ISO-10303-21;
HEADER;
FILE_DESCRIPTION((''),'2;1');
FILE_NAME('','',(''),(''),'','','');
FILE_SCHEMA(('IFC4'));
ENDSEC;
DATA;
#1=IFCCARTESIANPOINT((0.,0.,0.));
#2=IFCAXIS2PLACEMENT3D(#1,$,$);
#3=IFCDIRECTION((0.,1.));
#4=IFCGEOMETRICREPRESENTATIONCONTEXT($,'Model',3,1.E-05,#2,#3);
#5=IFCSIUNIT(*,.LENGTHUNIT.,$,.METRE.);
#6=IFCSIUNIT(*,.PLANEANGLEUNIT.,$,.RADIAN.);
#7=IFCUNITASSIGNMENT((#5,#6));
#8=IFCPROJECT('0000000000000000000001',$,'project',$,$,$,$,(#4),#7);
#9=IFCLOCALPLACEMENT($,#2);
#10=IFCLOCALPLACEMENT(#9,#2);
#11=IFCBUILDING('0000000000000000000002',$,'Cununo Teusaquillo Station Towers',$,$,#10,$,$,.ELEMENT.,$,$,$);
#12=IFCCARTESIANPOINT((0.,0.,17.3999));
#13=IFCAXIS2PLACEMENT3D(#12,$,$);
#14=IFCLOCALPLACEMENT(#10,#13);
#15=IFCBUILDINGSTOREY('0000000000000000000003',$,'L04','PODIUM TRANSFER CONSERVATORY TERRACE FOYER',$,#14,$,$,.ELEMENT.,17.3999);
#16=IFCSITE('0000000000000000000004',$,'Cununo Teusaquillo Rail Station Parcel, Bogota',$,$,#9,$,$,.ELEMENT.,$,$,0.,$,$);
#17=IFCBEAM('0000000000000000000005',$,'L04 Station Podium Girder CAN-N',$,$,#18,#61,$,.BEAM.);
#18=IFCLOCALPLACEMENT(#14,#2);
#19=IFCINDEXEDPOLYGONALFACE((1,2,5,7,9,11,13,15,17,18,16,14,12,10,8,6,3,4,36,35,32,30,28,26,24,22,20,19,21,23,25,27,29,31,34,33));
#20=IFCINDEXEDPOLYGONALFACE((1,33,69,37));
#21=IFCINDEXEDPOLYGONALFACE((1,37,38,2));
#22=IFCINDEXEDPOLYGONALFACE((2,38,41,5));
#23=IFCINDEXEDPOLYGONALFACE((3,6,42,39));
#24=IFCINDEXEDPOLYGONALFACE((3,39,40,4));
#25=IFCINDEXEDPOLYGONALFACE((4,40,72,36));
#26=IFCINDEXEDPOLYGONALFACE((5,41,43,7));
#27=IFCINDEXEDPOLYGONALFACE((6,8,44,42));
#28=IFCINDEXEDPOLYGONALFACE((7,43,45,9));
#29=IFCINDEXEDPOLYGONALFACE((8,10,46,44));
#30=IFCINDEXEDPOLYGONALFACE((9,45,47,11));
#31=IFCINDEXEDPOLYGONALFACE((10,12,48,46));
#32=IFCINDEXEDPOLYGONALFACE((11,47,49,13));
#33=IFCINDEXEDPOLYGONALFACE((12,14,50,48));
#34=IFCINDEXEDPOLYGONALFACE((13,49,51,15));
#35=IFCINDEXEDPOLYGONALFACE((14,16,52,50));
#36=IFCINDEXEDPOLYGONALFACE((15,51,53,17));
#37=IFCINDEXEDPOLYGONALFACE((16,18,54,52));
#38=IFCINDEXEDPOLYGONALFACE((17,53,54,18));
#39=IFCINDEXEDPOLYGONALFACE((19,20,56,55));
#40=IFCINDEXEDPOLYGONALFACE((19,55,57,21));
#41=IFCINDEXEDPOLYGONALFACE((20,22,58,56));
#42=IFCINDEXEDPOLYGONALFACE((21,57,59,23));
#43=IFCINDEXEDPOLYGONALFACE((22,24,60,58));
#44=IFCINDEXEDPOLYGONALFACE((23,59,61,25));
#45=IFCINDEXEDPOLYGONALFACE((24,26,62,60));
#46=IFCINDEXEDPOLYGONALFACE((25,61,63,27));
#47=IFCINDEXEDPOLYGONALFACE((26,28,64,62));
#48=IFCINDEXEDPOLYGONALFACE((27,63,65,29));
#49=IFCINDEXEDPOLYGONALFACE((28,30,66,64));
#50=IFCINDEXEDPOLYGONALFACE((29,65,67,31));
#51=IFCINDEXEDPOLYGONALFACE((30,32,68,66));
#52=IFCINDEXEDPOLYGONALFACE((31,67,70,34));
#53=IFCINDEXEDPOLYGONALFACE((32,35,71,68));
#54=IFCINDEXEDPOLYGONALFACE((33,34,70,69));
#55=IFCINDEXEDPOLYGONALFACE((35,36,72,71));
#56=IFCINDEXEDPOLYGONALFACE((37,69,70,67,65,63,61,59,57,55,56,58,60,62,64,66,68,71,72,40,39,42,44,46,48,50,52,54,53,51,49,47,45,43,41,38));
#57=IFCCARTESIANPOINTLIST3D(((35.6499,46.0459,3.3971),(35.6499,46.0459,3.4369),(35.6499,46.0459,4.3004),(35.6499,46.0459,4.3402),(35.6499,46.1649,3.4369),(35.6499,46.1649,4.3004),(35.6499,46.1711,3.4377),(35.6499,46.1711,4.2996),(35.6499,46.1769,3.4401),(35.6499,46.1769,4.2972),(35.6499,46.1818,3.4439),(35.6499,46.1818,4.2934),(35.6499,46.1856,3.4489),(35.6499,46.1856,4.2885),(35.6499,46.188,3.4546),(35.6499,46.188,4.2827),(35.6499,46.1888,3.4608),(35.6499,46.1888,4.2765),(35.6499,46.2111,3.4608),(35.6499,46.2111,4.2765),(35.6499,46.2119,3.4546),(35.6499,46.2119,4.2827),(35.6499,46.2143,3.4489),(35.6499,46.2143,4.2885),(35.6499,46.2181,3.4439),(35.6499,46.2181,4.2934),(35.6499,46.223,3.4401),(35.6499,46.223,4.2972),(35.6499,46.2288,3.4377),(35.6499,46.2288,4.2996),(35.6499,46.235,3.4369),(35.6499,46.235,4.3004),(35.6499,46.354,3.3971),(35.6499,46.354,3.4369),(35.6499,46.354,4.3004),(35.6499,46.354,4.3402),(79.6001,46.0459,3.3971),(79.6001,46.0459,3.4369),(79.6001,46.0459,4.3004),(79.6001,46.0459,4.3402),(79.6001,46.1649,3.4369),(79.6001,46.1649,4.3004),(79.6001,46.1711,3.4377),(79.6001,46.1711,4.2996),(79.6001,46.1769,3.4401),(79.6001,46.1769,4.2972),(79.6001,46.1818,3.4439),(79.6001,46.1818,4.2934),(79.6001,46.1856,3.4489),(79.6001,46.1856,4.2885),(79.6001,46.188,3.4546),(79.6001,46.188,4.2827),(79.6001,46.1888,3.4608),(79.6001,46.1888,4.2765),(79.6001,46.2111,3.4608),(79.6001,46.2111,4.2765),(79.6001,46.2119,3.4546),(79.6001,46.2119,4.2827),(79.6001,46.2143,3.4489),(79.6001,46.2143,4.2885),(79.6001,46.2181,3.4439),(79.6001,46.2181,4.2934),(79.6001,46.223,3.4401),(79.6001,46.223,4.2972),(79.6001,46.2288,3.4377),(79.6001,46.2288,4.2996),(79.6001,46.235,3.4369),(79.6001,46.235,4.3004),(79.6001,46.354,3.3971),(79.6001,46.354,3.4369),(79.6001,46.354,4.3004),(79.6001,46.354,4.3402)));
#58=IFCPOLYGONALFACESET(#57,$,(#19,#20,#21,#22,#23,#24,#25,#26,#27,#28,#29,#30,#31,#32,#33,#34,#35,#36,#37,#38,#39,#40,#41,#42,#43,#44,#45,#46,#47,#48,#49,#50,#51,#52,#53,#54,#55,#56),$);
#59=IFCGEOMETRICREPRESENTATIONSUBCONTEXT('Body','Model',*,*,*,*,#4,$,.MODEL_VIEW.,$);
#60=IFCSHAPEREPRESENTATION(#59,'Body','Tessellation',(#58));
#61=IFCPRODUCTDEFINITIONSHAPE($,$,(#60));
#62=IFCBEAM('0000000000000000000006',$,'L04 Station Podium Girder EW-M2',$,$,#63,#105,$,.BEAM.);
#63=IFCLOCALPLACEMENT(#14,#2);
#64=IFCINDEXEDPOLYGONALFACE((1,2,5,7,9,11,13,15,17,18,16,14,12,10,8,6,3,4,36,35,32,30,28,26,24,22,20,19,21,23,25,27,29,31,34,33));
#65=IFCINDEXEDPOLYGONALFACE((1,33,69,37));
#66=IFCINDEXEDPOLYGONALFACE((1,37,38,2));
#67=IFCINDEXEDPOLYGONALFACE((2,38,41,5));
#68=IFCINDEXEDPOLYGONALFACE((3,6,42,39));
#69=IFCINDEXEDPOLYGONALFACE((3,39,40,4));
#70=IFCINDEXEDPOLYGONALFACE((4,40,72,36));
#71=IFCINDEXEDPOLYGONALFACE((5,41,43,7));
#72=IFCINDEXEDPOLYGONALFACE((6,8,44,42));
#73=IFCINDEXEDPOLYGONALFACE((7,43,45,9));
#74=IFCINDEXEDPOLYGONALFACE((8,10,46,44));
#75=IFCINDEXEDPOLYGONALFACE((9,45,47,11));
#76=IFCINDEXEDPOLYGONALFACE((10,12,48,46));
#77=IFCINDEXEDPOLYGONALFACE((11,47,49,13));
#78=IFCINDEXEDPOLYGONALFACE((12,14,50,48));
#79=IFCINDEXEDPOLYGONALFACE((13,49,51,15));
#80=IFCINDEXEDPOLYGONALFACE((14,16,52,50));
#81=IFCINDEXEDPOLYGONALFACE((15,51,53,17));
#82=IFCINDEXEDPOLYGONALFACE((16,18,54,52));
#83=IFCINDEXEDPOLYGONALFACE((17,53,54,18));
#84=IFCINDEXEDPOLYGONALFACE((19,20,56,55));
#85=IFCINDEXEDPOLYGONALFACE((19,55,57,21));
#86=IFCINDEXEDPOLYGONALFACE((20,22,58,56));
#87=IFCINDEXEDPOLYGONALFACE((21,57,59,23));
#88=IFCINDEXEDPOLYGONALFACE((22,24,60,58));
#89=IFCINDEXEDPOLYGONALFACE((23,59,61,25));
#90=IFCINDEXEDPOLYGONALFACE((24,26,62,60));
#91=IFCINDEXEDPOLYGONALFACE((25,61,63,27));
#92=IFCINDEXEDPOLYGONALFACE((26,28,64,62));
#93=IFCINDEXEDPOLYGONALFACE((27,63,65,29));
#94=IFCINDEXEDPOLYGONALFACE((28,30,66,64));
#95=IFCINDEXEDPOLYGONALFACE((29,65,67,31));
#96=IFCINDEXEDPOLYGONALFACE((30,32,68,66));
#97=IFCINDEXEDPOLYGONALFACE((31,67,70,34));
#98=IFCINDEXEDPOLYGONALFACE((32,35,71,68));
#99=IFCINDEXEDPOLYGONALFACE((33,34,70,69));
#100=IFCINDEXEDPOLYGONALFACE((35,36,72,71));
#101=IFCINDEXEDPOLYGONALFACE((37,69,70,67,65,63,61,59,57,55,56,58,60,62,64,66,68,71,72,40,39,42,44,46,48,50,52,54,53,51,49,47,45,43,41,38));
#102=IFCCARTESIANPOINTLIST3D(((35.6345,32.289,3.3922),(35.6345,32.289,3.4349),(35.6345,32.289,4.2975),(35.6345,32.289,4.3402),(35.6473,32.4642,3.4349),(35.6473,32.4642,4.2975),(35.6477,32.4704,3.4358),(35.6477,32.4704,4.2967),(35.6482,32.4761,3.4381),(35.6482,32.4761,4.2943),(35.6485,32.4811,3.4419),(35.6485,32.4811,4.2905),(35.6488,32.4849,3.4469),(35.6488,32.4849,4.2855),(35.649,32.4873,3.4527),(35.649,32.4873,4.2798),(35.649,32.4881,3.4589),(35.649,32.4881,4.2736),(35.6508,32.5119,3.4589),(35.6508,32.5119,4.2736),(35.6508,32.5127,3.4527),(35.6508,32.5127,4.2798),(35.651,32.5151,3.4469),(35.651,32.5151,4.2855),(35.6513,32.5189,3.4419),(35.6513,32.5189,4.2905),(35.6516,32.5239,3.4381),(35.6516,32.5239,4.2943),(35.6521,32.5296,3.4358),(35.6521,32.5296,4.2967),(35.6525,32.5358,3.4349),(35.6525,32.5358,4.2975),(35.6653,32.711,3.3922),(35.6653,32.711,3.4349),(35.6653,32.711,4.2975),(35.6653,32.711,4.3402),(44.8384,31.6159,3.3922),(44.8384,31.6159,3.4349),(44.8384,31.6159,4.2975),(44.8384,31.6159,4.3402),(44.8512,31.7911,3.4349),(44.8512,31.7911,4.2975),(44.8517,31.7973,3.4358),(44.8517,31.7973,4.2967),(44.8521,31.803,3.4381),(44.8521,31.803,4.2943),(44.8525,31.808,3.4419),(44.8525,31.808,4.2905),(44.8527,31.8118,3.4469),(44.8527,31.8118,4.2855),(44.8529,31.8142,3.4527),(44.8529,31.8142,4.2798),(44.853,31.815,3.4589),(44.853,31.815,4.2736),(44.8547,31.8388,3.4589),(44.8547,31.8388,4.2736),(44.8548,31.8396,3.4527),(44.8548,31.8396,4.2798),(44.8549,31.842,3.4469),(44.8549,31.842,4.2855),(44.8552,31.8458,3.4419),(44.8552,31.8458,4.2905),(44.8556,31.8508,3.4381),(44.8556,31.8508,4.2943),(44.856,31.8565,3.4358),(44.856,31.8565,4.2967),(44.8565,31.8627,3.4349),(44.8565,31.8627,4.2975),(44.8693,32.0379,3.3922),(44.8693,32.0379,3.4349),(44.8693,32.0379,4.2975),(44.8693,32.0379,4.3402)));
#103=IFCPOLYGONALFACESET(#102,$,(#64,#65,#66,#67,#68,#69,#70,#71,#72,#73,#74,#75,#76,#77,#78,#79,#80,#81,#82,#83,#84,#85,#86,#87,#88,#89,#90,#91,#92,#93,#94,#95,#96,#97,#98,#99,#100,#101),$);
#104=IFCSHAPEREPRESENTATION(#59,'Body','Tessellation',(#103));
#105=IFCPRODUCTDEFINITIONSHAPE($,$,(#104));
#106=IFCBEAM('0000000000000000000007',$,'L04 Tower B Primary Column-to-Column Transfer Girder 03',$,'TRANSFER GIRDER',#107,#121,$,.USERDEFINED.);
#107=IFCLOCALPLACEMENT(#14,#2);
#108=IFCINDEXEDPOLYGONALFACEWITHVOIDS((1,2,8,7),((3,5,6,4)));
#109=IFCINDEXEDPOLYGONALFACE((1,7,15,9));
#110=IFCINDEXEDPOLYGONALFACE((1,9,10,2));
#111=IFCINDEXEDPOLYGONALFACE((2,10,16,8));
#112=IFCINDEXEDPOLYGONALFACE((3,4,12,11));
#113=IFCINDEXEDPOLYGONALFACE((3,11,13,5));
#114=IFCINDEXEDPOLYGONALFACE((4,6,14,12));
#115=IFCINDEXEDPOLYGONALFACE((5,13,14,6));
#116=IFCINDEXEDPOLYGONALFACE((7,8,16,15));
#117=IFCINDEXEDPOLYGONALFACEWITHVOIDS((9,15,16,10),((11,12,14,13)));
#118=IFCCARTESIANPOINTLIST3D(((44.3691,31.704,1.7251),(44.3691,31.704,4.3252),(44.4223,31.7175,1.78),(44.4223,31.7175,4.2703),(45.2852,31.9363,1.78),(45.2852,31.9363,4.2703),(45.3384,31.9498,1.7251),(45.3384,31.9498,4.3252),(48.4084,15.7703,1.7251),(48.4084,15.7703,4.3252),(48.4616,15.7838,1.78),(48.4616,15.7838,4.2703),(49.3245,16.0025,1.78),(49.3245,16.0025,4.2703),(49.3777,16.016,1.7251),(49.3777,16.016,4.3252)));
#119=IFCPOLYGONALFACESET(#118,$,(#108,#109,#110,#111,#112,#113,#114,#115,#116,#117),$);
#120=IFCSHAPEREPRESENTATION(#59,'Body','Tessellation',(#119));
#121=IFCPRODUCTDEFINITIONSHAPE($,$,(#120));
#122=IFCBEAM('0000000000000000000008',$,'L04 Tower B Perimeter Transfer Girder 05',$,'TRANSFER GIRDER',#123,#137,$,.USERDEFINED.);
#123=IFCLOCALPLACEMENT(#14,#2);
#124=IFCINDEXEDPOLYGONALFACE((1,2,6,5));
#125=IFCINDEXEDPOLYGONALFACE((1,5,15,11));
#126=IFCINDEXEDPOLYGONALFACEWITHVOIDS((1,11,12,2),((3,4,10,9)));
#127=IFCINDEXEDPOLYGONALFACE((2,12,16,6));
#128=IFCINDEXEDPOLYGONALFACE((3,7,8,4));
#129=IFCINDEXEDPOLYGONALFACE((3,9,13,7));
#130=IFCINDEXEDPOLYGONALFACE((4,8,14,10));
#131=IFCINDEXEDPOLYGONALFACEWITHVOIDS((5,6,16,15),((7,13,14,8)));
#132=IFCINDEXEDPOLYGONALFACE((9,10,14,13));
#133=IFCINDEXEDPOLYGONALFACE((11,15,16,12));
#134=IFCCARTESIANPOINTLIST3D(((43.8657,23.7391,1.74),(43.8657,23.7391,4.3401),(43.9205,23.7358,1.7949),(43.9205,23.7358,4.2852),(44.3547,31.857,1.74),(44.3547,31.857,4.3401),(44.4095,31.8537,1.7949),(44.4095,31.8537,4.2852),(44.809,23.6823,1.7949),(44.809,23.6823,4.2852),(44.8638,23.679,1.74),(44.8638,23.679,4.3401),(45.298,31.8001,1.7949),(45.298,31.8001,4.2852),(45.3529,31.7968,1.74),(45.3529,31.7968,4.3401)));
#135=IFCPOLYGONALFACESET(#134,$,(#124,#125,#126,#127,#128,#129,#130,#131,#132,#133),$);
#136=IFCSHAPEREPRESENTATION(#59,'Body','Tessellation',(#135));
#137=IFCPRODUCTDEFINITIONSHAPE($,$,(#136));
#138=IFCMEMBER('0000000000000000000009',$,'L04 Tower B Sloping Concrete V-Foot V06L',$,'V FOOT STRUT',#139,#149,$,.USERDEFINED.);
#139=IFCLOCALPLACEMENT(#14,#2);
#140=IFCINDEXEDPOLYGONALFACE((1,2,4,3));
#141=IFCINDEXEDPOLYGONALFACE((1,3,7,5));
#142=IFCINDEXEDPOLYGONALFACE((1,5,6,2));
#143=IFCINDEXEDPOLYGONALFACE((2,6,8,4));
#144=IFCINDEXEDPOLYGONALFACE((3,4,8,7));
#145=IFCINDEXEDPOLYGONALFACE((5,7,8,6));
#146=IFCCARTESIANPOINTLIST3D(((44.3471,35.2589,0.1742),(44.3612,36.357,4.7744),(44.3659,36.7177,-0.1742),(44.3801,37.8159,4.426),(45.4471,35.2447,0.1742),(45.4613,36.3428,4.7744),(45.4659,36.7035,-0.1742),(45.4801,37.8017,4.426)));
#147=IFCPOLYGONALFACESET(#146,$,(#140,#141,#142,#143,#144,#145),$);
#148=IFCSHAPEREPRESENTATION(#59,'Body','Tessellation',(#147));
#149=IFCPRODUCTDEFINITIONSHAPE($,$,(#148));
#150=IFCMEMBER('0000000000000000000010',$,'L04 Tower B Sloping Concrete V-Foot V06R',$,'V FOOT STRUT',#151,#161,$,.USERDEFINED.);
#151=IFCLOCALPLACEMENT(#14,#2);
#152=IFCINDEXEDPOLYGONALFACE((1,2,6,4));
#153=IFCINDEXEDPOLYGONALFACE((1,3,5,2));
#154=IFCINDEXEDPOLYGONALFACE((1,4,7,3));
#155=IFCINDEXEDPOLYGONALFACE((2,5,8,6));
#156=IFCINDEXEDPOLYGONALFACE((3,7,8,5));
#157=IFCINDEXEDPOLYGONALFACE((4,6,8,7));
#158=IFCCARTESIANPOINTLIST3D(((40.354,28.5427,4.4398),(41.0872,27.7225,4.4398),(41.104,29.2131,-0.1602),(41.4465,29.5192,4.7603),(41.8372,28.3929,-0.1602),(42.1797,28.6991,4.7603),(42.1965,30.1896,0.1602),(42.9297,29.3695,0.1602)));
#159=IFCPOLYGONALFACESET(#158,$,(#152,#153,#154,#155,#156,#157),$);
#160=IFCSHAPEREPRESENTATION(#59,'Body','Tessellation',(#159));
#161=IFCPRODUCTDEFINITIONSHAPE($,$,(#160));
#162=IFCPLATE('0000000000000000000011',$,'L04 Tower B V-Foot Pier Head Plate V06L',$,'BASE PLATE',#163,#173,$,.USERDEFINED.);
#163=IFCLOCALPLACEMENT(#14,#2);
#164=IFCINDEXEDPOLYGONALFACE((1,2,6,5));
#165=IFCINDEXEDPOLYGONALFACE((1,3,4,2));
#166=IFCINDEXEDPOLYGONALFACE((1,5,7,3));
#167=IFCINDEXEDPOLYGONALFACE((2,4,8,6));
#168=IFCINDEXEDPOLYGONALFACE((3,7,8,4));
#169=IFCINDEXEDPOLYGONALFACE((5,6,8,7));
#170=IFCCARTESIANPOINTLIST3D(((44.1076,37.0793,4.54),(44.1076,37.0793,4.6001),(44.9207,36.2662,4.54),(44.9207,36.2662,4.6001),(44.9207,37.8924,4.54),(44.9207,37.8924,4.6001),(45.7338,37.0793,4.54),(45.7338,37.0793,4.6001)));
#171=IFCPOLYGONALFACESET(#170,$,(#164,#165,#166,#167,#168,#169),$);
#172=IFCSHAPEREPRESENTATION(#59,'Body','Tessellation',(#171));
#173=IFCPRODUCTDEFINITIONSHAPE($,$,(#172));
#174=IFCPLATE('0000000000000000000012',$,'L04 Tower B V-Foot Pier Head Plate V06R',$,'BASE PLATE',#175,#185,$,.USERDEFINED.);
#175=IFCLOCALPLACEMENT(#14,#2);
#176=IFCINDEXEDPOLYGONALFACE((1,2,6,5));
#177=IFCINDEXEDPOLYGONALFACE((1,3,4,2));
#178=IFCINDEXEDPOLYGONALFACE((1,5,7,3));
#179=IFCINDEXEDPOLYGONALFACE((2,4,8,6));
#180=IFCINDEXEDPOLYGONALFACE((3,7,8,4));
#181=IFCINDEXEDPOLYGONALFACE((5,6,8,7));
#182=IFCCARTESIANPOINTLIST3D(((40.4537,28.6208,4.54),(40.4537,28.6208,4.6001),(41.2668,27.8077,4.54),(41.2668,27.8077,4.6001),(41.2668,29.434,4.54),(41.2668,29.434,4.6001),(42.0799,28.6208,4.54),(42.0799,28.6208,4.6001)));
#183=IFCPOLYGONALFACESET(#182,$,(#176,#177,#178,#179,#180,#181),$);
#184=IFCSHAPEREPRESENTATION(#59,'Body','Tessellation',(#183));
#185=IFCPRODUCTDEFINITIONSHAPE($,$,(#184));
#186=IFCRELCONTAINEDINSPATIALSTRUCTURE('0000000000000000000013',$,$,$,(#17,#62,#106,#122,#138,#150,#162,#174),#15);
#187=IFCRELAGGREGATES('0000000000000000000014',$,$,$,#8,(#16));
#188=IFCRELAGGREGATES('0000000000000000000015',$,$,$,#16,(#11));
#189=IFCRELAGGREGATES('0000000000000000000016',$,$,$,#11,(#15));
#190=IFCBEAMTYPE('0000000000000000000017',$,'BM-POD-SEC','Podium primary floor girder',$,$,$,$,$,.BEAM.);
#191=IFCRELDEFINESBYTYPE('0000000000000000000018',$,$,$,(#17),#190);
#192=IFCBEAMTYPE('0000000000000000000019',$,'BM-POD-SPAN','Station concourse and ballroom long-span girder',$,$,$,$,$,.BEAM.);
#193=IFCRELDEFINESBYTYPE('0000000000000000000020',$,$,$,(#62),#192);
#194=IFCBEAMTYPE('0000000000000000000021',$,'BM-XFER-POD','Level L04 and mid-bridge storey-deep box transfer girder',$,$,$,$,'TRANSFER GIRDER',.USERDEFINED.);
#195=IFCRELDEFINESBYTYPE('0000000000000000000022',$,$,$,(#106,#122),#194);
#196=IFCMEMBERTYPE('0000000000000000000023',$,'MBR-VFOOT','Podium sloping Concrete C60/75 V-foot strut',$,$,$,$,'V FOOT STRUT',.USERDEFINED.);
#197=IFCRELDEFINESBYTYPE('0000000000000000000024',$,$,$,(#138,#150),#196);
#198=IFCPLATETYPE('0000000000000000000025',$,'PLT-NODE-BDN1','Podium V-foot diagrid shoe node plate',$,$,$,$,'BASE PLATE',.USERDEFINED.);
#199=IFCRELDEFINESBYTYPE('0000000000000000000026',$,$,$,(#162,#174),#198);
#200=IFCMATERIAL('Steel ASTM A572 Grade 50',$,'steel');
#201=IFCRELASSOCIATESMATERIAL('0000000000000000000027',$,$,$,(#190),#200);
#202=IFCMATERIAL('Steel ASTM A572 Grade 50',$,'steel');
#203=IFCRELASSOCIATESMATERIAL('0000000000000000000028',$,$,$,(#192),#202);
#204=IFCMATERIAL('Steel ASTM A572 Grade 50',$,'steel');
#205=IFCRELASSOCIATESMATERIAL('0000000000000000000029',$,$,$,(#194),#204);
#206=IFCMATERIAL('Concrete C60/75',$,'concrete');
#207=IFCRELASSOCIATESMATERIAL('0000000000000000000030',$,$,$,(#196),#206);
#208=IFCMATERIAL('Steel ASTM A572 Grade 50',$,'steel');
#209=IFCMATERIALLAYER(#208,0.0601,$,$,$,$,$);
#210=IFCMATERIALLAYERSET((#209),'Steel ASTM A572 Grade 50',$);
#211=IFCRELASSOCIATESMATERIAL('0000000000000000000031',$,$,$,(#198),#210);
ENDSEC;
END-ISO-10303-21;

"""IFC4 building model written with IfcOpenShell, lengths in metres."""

from ifc_helpers import new_model, si_unit, direction, frame, origin, origin_2d, place, context, subcontext, project, spatial, rectangle, hollow_rectangle, i_section, extrude, source, transform, mapped, material, layer, layer_set, material_profile, profile_set, type_object, element, save


model = new_model("IFC4")

# Units and contexts
model_context = context("Model", 3, precision=1e-05, world=origin(), true_north=direction((0.0, 1.0)))
body_context = subcontext(model_context, "Body", "Model", "MODEL_VIEW")
ifc_project = project(units=[si_unit("LENGTHUNIT", "METRE"), si_unit("PLANEANGLEUNIT", "RADIAN")], contexts=[model_context])

# Site, building, storey
site_placement = place(None, origin())
site = spatial("IfcSite", under=ifc_project, at=site_placement, Name="Cununo Teusaquillo Rail Station Parcel, Bogota", CompositionType="ELEMENT", RefElevation=0.0)
building_placement = place(site_placement, origin())
building = spatial("IfcBuilding", under=site, at=building_placement, Name="Cununo Teusaquillo Station Towers", CompositionType="ELEMENT")
storey_placement = place(building_placement, frame((0.0, 0.0, 17.3999)))
storey = spatial("IfcBuildingStorey", under=building, at=storey_placement, Name="L04", Description="PODIUM TRANSFER CONSERVATORY TERRACE FOYER", CompositionType="ELEMENT", Elevation=17.3999)

# Beams
ifc_material_1 = material(Name="Steel ASTM A572 Grade 50", Category="steel")
ifc_material_profile_1 = material_profile(ifc_material_1, i_section(OverallWidth=0.3081, OverallDepth=0.9431, WebThickness=0.0222, FlangeThickness=0.0398, FilletRadius=0.0239, at=origin_2d()), Name="W36X232")
ifc_profile_set_1 = profile_set([ifc_material_profile_1], Name="Steel ASTM A572 Grade 50")
beam_type_1 = type_object("IfcBeamType", Name="BM-POD-SEC", Description="Podium primary floor girder", PredefinedType="BEAM", material=ifc_profile_set_1)
beam_1_placement = place(storey_placement, frame((35.6499, 46.2, 3.8687), z_axis=(1.0, 0.0, 0.0), x_axis=(0.0, 1.0, 0.0)))
element("IfcBeam", 1, at=beam_1_placement, inside=storey, type_object=beam_type_1, Name="L04 Station Podium Girder CAN-N", PredefinedType="BEAM", context=body_context, shape_type="SweptSolid", body=[
    extrude(i_section(OverallWidth=0.3081, OverallDepth=0.9431, WebThickness=0.0222, FlangeThickness=0.0398, FilletRadius=0.0239, at=origin_2d()), origin(), (0.0, 0.0, 1.0), 43.9502),
])
ifc_material_2 = material(Name="Steel ASTM A572 Grade 50", Category="steel")
ifc_material_profile_2 = material_profile(ifc_material_2, i_section(OverallWidth=0.4231, OverallDepth=0.948, WebThickness=0.0239, FlangeThickness=0.0427, FilletRadius=0.0239, at=origin_2d()), Name="W36X302")
ifc_profile_set_2 = profile_set([ifc_material_profile_2], Name="Steel ASTM A572 Grade 50")
beam_type_2 = type_object("IfcBeamType", Name="BM-POD-SPAN", Description="Station concourse and ballroom long-span girder", PredefinedType="BEAM", material=ifc_profile_set_2)
beam_2_placement = place(storey_placement, frame((35.6499, 32.5, 3.8662), z_axis=(0.997337, -0.072937, 0.0), x_axis=(0.072937, 0.997337, 0.0)))
element("IfcBeam", 2, at=beam_2_placement, inside=storey, type_object=beam_type_2, Name="L04 Station Podium Girder EW-M2", PredefinedType="BEAM", context=body_context, shape_type="SweptSolid", body=[
    extrude(i_section(OverallWidth=0.4231, OverallDepth=0.948, WebThickness=0.0239, FlangeThickness=0.0427, FilletRadius=0.0239, at=origin_2d()), origin(), (0.0, 0.0, 1.0), 9.2285),
])
ifc_material_3 = material(Name="Steel ASTM A572 Grade 50", Category="steel")
ifc_material_profile_3 = material_profile(ifc_material_3, hollow_rectangle(XDim=1.0, YDim=2.6001, WallThickness=0.0549, at=origin_2d()), Name="BOX 2600x1000x55")
ifc_profile_set_3 = profile_set([ifc_material_profile_3], Name="Steel ASTM A572 Grade 50")
beam_type_3 = type_object("IfcBeamType", Name="BM-XFER-POD", Description="Level L04 and mid-bridge storey-deep box transfer girder", ElementType="TRANSFER GIRDER", PredefinedType="USERDEFINED", material=ifc_profile_set_3)
beam_3_placement = place(storey_placement, frame((44.8538, 31.8269, 3.0251), z_axis=(0.245732, -0.969338, 0.0), x_axis=(0.969338, 0.245732, 0.0)))
element("IfcBeam", 3, at=beam_3_placement, inside=storey, type_object=beam_type_3, Name="L04 Tower B Primary Column-to-Column Transfer Girder 03", ObjectType="TRANSFER GIRDER", PredefinedType="USERDEFINED", context=body_context, shape_type="SweptSolid", body=[
    extrude(hollow_rectangle(XDim=1.0, YDim=2.6001, WallThickness=0.0549, at=origin_2d()), origin(), (0.0, 0.0, 1.0), 16.4377),
])
beam_4_placement = place(storey_placement, frame((44.8538, 31.8269, 3.04), z_axis=(-0.06013, -0.998191, 0.0), x_axis=(0.998191, -0.06013, 0.0)))
element("IfcBeam", 4, at=beam_4_placement, inside=storey, type_object=beam_type_3, Name="L04 Tower B Perimeter Transfer Girder 05", ObjectType="TRANSFER GIRDER", PredefinedType="USERDEFINED", context=body_context, shape_type="SweptSolid", body=[
    extrude(hollow_rectangle(XDim=1.0, YDim=2.6001, WallThickness=0.0549, at=origin_2d()), origin(), (0.0, 0.0, 1.0), 8.1326),
])

# Members
ifc_material_4 = material(Name="Concrete C60/75", Category="concrete")
ifc_material_profile_4 = material_profile(ifc_material_4, rectangle(XDim=1.1001, YDim=1.5, at=origin_2d()), Name="RC-RECT-1500x1100")
ifc_profile_set_4 = profile_set([ifc_material_profile_4], Name="Concrete C60/75")
member_type = type_object("IfcMemberType", Name="MBR-VFOOT", Description="Podium sloping Concrete C60/75 V-foot strut", ElementType="V FOOT STRUT", PredefinedType="USERDEFINED", material=ifc_profile_set_4)
member_1_placement = place(storey_placement, frame((44.9065, 35.9812, 0.0), z_axis=(0.002994, 0.232196, 0.972664), x_axis=(-0.999917, 0.012894, 0.0)))
element("IfcMember", 5, at=member_1_placement, inside=storey, type_object=member_type, Name="L04 Tower B Sloping Concrete V-Foot V06L", ObjectType="V FOOT STRUT", PredefinedType="USERDEFINED", context=body_context, shape_type="SweptSolid", body=[
    extrude(rectangle(XDim=1.1001, YDim=1.5, at=origin_2d()), origin(), (0.0, 0.0, 1.0), 4.7295),
])
member_2_placement = place(storey_placement, frame((42.0168, 29.2913, 0.0), z_axis=(-0.159276, -0.142374, 0.976914), x_axis=(0.66644, -0.745559, 0.0)))
element("IfcMember", 6, at=member_2_placement, inside=storey, type_object=member_type, Name="L04 Tower B Sloping Concrete V-Foot V06R", ObjectType="V FOOT STRUT", PredefinedType="USERDEFINED", context=body_context, shape_type="SweptSolid", body=[
    extrude(rectangle(XDim=1.1001, YDim=1.5, at=origin_2d()), origin(), (0.0, 0.0, 1.0), 4.7087),
])

# Plates
ifc_material_5 = material(Name="Steel ASTM A572 Grade 50", Category="steel")
ifc_layer_1 = layer(ifc_material_5, 0.0601)
ifc_layer_set_1 = layer_set([ifc_layer_1], Name="Steel ASTM A572 Grade 50")
plate_type_1 = type_object("IfcPlateType", Name="PLT-NODE-BDN1", Description="Podium V-foot diagrid shoe node plate", ElementType="BASE PLATE", PredefinedType="USERDEFINED", material=ifc_layer_set_1)
shared_shape_1 = source(origin(), body_context, "Body", "SweptSolid", [
    extrude(rectangle(XDim=1.1499, YDim=1.1499, at=origin_2d()), origin(), (0.0, 0.0, 1.0), 0.0601),
])
for number, where, z_axis, x_axis, name in (
    (7, (44.9207, 37.0793, 4.54), (0.0, 0.0, 1.0), (0.707107, 0.707107, 0.0), "L04 Tower B V-Foot Pier Head Plate V06L"),
    (8, (41.2668, 28.6208, 4.54), (0.0, 0.0, 1.0), (0.707107, 0.707107, 0.0), "L04 Tower B V-Foot Pier Head Plate V06R"),
):
    element("IfcPlate", number, at=place(storey_placement, frame(where, z_axis=z_axis, x_axis=x_axis)), inside=storey, type_object=plate_type_1, Name=name, ObjectType="BASE PLATE", PredefinedType="USERDEFINED", context=body_context, shape_type="MappedRepresentation", body=[
        mapped(shared_shape_1, transform((0.0, 0.0, 0.0), x_axis=(1.0, 0.0, 0.0), y_axis=(0.0, 1.0, 0.0), z_axis=(0.0, 0.0, 1.0), scale=1.0)),
    ])

save(model, "model.ifc")
